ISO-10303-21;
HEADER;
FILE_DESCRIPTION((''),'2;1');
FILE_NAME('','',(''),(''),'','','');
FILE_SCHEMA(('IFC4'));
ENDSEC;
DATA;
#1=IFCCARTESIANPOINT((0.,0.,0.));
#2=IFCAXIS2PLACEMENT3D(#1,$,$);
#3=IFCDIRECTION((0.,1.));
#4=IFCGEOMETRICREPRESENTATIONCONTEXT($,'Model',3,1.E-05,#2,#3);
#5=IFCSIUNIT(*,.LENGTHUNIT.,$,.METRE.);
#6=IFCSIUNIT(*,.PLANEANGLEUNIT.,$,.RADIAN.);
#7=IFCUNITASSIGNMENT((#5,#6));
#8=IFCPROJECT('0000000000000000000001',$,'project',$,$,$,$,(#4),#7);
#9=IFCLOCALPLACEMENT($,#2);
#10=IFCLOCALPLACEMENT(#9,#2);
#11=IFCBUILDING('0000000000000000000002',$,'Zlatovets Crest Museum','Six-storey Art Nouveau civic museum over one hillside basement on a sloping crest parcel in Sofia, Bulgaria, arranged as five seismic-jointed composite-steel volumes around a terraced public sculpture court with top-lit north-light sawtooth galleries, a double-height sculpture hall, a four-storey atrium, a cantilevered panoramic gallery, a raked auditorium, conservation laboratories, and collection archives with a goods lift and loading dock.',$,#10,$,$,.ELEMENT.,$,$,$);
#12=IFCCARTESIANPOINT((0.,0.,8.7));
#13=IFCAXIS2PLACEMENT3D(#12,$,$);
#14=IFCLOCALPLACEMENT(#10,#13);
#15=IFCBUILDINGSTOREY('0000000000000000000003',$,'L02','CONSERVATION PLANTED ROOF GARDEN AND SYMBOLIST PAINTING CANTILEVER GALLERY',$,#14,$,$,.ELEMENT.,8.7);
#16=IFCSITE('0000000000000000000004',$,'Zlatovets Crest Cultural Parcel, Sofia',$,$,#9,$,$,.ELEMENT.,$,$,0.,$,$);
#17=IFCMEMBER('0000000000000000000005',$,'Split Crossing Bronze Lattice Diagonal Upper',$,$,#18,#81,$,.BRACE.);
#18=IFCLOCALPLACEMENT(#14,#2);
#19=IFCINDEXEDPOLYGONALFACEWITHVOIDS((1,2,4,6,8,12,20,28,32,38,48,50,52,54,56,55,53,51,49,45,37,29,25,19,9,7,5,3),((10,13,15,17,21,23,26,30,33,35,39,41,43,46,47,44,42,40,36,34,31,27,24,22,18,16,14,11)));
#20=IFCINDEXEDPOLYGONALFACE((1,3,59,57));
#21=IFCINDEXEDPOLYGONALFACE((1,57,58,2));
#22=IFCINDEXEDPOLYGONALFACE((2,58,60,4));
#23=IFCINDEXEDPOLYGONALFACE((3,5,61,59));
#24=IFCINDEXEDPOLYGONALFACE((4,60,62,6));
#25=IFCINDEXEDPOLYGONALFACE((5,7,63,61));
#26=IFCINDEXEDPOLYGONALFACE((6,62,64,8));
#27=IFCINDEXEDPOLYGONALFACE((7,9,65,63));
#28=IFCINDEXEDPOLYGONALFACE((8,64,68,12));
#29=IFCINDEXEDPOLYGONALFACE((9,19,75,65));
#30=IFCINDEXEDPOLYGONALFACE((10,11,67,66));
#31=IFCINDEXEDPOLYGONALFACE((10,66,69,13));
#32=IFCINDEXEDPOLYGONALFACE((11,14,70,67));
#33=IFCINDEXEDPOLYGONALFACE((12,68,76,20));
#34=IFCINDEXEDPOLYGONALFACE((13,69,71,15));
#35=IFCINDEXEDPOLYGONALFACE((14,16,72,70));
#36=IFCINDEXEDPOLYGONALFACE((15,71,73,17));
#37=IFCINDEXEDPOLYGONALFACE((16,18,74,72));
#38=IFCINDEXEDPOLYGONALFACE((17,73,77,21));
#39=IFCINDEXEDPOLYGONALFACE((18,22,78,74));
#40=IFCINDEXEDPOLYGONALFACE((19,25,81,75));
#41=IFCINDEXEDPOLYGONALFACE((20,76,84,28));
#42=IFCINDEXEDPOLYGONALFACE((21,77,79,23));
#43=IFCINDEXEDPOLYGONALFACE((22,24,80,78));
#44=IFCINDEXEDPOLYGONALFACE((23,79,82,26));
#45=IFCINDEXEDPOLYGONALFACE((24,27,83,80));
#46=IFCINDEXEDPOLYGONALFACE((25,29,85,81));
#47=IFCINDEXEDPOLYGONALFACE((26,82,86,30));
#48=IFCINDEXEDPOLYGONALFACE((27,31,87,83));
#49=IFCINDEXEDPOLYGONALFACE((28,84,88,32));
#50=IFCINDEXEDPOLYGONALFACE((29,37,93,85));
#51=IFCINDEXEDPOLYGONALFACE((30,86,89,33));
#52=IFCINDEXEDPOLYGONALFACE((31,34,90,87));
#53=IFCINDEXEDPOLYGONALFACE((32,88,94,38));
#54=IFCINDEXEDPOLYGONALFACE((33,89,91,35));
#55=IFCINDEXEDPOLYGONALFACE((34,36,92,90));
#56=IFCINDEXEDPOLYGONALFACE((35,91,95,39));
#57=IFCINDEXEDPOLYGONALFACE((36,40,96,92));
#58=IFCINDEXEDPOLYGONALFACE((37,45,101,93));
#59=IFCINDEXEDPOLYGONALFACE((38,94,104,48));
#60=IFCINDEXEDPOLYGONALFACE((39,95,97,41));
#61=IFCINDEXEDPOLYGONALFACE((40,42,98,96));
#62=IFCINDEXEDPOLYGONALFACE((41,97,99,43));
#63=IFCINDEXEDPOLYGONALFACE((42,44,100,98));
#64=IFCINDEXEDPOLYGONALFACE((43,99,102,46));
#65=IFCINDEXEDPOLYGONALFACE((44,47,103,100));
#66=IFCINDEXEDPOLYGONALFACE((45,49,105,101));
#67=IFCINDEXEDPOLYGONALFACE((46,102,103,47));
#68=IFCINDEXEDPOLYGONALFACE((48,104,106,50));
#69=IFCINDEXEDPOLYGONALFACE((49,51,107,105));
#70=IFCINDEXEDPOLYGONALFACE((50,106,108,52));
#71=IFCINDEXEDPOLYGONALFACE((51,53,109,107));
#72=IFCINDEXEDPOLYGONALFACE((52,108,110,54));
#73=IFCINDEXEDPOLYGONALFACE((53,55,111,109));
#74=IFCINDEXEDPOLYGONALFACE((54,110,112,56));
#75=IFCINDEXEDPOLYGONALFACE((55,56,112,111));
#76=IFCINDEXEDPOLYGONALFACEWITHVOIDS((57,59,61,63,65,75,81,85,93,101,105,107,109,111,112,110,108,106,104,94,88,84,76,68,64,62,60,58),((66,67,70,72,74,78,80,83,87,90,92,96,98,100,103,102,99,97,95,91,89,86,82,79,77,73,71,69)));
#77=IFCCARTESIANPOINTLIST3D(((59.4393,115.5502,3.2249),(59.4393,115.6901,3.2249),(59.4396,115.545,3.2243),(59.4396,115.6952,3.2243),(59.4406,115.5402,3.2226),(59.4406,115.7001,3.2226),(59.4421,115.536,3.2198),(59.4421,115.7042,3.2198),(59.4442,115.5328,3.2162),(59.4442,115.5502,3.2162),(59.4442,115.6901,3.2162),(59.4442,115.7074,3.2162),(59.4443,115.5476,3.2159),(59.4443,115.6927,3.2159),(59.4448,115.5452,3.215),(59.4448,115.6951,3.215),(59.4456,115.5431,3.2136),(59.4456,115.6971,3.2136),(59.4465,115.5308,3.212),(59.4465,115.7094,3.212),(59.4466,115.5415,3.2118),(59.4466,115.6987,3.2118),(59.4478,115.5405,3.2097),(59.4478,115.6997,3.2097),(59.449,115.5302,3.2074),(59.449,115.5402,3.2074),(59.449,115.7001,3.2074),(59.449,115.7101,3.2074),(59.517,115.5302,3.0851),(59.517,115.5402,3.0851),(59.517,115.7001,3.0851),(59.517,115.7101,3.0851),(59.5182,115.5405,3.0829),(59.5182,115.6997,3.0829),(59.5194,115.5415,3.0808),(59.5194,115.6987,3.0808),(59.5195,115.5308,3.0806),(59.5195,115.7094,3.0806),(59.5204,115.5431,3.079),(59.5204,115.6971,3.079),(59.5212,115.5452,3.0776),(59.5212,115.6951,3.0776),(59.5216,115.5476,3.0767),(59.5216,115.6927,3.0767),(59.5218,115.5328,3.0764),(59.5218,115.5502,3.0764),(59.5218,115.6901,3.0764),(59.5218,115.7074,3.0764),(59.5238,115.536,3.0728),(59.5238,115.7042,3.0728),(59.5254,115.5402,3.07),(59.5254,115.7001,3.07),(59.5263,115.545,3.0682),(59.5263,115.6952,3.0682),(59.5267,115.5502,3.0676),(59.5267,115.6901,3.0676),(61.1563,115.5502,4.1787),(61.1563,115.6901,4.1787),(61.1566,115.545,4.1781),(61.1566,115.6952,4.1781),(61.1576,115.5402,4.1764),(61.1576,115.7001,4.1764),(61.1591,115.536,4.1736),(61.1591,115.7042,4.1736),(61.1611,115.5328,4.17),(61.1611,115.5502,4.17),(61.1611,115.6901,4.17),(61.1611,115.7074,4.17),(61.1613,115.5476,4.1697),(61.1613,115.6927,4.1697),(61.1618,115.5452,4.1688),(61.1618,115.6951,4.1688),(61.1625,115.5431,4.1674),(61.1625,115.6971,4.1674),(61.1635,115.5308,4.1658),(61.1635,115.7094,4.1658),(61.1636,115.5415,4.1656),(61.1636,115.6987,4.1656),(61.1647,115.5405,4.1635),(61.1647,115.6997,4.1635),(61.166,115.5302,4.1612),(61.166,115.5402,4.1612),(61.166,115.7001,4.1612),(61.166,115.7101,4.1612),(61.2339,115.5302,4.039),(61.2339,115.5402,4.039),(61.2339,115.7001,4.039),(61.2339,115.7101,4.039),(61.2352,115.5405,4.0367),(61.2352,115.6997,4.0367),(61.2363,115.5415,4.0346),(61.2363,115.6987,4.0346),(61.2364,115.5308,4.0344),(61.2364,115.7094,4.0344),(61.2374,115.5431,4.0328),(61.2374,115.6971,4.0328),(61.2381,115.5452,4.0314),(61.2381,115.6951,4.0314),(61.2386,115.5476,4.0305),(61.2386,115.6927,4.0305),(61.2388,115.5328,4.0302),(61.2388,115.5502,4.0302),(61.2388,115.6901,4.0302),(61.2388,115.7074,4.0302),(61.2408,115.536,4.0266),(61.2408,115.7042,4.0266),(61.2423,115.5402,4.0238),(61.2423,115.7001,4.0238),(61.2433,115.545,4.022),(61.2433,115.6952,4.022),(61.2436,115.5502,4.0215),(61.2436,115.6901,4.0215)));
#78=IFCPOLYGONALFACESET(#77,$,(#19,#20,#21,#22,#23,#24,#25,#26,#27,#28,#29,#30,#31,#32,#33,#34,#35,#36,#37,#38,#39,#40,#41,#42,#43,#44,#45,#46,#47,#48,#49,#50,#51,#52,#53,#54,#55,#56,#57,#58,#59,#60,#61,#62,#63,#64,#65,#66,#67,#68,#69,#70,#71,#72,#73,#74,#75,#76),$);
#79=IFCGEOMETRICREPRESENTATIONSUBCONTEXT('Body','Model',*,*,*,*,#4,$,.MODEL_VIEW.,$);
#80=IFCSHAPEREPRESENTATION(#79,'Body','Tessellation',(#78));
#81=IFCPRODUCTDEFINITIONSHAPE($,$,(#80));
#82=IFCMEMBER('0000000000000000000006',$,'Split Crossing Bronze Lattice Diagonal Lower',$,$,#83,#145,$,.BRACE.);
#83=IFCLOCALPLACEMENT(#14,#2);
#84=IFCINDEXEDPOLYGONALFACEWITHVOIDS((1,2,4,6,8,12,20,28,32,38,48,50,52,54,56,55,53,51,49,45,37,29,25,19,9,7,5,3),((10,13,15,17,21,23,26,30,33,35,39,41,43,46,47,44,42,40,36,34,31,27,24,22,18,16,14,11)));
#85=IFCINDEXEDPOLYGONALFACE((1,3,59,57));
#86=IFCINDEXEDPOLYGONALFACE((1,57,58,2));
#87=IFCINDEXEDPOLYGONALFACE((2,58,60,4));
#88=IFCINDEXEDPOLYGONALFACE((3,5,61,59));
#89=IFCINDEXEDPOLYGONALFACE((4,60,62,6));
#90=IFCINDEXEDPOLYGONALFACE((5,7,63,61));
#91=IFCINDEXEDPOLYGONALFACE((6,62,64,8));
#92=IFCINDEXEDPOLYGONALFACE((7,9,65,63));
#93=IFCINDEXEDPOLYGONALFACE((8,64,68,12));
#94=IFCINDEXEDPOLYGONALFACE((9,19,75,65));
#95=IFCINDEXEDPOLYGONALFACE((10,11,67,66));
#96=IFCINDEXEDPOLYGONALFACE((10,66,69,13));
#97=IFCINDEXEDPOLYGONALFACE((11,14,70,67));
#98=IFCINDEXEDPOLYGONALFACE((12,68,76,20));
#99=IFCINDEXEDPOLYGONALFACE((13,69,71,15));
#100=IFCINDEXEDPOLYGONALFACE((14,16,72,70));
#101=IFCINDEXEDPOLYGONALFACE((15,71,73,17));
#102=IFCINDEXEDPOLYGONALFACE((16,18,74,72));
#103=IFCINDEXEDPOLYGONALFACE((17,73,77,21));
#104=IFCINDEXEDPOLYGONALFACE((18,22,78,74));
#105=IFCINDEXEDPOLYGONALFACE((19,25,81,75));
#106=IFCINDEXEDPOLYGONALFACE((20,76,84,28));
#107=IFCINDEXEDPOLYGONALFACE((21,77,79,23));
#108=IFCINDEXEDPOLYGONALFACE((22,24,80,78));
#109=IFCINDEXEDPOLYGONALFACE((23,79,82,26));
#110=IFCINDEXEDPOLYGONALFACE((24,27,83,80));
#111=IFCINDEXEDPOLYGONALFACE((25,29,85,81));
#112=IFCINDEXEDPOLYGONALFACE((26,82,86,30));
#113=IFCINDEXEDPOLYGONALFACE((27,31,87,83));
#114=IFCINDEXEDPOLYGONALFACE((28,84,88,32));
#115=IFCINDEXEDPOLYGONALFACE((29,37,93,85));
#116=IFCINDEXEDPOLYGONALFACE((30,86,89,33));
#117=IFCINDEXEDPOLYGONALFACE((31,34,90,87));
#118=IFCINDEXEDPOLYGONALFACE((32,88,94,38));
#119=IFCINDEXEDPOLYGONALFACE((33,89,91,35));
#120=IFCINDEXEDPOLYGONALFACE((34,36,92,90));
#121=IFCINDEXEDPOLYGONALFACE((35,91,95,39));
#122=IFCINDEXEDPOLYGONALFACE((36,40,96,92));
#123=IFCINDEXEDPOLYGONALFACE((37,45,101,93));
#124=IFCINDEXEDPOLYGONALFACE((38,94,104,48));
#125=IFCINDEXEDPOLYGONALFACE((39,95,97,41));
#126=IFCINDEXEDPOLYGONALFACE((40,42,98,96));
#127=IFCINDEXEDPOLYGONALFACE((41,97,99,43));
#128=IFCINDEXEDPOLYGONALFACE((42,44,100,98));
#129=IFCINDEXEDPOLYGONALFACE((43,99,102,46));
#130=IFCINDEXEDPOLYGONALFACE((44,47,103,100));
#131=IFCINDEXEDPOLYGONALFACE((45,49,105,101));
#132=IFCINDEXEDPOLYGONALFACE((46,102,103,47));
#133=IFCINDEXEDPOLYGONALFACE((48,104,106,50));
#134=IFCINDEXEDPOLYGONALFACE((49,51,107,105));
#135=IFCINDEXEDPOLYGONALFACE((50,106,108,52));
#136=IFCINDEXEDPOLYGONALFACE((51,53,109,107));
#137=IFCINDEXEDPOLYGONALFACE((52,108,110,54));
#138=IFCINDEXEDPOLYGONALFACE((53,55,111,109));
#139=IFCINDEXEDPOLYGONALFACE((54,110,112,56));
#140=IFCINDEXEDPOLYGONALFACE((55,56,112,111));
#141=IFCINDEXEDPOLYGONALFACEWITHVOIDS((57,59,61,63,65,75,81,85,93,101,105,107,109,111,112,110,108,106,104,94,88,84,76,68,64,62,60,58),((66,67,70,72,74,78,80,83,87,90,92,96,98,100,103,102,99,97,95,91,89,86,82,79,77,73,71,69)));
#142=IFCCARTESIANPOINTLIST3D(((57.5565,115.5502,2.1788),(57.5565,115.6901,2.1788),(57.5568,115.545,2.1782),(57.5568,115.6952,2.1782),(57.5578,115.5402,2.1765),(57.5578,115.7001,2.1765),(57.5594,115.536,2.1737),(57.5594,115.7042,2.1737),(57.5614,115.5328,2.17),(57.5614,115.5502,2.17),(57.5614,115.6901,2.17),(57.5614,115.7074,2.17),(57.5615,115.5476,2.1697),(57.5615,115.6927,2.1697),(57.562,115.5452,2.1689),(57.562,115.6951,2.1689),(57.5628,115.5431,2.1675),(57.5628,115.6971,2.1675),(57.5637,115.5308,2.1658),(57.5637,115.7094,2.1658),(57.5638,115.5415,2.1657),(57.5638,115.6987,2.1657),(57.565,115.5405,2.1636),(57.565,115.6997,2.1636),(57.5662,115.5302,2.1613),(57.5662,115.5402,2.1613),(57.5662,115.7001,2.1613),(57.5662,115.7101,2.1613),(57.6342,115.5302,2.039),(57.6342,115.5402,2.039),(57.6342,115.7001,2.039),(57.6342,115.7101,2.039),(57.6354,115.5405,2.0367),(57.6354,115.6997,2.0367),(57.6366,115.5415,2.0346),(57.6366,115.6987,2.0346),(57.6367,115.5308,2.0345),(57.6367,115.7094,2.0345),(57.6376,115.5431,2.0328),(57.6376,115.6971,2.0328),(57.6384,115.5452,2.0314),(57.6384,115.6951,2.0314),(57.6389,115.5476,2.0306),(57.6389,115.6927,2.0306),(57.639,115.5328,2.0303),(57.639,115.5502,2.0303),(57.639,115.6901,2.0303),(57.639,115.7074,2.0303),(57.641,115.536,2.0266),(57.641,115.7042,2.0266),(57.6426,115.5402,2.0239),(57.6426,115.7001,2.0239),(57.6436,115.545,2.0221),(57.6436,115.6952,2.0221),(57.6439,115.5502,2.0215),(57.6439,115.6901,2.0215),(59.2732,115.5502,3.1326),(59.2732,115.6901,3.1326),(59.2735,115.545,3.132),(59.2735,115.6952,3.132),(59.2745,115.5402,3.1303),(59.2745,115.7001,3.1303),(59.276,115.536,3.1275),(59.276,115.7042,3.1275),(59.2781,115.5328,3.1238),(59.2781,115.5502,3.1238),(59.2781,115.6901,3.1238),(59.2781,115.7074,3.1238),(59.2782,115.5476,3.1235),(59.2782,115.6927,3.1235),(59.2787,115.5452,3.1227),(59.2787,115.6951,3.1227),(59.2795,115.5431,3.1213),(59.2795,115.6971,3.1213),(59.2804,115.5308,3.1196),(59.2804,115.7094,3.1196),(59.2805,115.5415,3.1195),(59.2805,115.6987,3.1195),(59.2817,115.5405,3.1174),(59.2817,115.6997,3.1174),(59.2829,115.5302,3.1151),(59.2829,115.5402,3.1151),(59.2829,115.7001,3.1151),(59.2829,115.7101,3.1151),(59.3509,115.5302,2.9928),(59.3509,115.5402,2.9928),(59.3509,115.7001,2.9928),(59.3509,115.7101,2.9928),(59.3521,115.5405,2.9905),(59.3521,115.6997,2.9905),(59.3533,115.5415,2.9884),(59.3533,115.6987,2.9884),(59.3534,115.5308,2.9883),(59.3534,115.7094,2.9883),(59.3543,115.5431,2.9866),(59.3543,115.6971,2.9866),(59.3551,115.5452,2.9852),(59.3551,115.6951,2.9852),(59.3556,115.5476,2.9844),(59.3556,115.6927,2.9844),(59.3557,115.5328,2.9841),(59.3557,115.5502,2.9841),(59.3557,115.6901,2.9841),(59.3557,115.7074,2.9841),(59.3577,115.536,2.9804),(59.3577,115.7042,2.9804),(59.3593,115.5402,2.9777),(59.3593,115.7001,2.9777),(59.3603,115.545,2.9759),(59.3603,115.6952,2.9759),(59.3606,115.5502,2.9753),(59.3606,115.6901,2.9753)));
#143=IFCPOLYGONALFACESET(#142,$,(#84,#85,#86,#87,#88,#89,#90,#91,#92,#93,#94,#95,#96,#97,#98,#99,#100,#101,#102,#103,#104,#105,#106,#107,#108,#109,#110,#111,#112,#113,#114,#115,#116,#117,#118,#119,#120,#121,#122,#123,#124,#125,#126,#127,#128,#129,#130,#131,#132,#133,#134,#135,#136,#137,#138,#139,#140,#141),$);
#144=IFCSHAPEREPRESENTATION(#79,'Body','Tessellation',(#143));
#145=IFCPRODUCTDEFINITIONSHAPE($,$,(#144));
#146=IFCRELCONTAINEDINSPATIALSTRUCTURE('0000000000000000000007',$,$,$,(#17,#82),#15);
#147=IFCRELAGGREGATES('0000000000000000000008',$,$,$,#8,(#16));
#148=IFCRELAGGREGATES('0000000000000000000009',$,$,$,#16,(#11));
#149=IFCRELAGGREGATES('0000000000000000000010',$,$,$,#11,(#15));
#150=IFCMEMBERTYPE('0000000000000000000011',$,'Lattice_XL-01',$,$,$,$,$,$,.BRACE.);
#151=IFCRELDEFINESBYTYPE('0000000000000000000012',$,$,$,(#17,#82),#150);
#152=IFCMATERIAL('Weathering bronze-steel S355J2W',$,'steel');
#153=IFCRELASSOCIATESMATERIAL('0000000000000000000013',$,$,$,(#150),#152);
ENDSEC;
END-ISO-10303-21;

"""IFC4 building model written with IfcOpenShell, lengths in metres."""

from ifc_helpers import new_model, si_unit, direction, frame, origin, origin_2d, place, context, subcontext, project, spatial, hollow_rectangle, extrude, material, material_profile, profile_set, type_object, element, save


model = new_model("IFC4")

# Units and contexts
model_context = context("Model", 3, precision=1e-05, world=origin(), true_north=direction((0.0, 1.0)))
body_context = subcontext(model_context, "Body", "Model", "MODEL_VIEW")
ifc_project = project(units=[si_unit("LENGTHUNIT", "METRE"), si_unit("PLANEANGLEUNIT", "RADIAN")], contexts=[model_context])

# Site, building, storey
site_placement = place(None, origin())
site = spatial("IfcSite", under=ifc_project, at=site_placement, Name="Zlatovets Crest Cultural Parcel, Sofia", CompositionType="ELEMENT", RefElevation=0.0)
building_placement = place(site_placement, origin())
building = spatial("IfcBuilding", under=site, at=building_placement, Name="Zlatovets Crest Museum", Description="Six-storey Art Nouveau civic museum over one hillside basement on a sloping crest parcel in Sofia, Bulgaria, arranged as five seismic-jointed composite-steel volumes around a terraced public sculpture court with top-lit north-light sawtooth galleries, a double-height sculpture hall, a four-storey atrium, a cantilevered panoramic gallery, a raked auditorium, conservation laboratories, and collection archives with a goods lift and loading dock.", CompositionType="ELEMENT")
storey_placement = place(building_placement, frame((0.0, 0.0, 8.7)))
storey = spatial("IfcBuildingStorey", under=building, at=storey_placement, Name="L02", Description="CONSERVATION PLANTED ROOF GARDEN AND SYMBOLIST PAINTING CANTILEVER GALLERY", CompositionType="ELEMENT", Elevation=8.7)

# Members
ifc_material_1 = material(Name="Weathering bronze-steel S355J2W", Category="steel")
ifc_material_profile_1 = material_profile(ifc_material_1, hollow_rectangle(XDim=0.1799, YDim=0.1799, WallThickness=0.01, InnerFilletRadius=0.01, OuterFilletRadius=0.02, at=origin_2d()), Name="SHS 180x180x10.0")
ifc_profile_set_1 = profile_set([ifc_material_profile_1], Name="Weathering bronze-steel S355J2W")
member_type_1 = type_object("IfcMemberType", Name="Lattice_XL-01", PredefinedType="BRACE", material=ifc_profile_set_1)
member_1_placement = place(storey_placement, frame((61.2, 115.6201, 4.1001), z_axis=(-0.874169, 0.0, -0.485622), x_axis=(0.0, -1.0, 0.0)))
element("IfcMember", 1, at=member_1_placement, inside=storey, type_object=member_type_1, Name="Split Crossing Bronze Lattice Diagonal Upper", PredefinedType="BRACE", context=body_context, shape_type="SweptSolid", body=[
    extrude(hollow_rectangle(XDim=0.1799, YDim=0.1799, WallThickness=0.01, InnerFilletRadius=0.01, OuterFilletRadius=0.02, at=origin_2d()), origin(), (0.0, 0.0, 1.0), 1.9641),
])
member_2_placement = place(storey_placement, frame((59.3169, 115.6201, 3.054), z_axis=(-0.87414, 0.0, -0.485675), x_axis=(0.0, -1.0, 0.0)))
element("IfcMember", 2, at=member_2_placement, inside=storey, type_object=member_type_1, Name="Split Crossing Bronze Lattice Diagonal Lower", PredefinedType="BRACE", context=body_context, shape_type="SweptSolid", body=[
    extrude(hollow_rectangle(XDim=0.1799, YDim=0.1799, WallThickness=0.01, InnerFilletRadius=0.01, OuterFilletRadius=0.02, at=origin_2d()), origin(), (0.0, 0.0, 1.0), 1.9639),
])

save(model, "model.ifc")
